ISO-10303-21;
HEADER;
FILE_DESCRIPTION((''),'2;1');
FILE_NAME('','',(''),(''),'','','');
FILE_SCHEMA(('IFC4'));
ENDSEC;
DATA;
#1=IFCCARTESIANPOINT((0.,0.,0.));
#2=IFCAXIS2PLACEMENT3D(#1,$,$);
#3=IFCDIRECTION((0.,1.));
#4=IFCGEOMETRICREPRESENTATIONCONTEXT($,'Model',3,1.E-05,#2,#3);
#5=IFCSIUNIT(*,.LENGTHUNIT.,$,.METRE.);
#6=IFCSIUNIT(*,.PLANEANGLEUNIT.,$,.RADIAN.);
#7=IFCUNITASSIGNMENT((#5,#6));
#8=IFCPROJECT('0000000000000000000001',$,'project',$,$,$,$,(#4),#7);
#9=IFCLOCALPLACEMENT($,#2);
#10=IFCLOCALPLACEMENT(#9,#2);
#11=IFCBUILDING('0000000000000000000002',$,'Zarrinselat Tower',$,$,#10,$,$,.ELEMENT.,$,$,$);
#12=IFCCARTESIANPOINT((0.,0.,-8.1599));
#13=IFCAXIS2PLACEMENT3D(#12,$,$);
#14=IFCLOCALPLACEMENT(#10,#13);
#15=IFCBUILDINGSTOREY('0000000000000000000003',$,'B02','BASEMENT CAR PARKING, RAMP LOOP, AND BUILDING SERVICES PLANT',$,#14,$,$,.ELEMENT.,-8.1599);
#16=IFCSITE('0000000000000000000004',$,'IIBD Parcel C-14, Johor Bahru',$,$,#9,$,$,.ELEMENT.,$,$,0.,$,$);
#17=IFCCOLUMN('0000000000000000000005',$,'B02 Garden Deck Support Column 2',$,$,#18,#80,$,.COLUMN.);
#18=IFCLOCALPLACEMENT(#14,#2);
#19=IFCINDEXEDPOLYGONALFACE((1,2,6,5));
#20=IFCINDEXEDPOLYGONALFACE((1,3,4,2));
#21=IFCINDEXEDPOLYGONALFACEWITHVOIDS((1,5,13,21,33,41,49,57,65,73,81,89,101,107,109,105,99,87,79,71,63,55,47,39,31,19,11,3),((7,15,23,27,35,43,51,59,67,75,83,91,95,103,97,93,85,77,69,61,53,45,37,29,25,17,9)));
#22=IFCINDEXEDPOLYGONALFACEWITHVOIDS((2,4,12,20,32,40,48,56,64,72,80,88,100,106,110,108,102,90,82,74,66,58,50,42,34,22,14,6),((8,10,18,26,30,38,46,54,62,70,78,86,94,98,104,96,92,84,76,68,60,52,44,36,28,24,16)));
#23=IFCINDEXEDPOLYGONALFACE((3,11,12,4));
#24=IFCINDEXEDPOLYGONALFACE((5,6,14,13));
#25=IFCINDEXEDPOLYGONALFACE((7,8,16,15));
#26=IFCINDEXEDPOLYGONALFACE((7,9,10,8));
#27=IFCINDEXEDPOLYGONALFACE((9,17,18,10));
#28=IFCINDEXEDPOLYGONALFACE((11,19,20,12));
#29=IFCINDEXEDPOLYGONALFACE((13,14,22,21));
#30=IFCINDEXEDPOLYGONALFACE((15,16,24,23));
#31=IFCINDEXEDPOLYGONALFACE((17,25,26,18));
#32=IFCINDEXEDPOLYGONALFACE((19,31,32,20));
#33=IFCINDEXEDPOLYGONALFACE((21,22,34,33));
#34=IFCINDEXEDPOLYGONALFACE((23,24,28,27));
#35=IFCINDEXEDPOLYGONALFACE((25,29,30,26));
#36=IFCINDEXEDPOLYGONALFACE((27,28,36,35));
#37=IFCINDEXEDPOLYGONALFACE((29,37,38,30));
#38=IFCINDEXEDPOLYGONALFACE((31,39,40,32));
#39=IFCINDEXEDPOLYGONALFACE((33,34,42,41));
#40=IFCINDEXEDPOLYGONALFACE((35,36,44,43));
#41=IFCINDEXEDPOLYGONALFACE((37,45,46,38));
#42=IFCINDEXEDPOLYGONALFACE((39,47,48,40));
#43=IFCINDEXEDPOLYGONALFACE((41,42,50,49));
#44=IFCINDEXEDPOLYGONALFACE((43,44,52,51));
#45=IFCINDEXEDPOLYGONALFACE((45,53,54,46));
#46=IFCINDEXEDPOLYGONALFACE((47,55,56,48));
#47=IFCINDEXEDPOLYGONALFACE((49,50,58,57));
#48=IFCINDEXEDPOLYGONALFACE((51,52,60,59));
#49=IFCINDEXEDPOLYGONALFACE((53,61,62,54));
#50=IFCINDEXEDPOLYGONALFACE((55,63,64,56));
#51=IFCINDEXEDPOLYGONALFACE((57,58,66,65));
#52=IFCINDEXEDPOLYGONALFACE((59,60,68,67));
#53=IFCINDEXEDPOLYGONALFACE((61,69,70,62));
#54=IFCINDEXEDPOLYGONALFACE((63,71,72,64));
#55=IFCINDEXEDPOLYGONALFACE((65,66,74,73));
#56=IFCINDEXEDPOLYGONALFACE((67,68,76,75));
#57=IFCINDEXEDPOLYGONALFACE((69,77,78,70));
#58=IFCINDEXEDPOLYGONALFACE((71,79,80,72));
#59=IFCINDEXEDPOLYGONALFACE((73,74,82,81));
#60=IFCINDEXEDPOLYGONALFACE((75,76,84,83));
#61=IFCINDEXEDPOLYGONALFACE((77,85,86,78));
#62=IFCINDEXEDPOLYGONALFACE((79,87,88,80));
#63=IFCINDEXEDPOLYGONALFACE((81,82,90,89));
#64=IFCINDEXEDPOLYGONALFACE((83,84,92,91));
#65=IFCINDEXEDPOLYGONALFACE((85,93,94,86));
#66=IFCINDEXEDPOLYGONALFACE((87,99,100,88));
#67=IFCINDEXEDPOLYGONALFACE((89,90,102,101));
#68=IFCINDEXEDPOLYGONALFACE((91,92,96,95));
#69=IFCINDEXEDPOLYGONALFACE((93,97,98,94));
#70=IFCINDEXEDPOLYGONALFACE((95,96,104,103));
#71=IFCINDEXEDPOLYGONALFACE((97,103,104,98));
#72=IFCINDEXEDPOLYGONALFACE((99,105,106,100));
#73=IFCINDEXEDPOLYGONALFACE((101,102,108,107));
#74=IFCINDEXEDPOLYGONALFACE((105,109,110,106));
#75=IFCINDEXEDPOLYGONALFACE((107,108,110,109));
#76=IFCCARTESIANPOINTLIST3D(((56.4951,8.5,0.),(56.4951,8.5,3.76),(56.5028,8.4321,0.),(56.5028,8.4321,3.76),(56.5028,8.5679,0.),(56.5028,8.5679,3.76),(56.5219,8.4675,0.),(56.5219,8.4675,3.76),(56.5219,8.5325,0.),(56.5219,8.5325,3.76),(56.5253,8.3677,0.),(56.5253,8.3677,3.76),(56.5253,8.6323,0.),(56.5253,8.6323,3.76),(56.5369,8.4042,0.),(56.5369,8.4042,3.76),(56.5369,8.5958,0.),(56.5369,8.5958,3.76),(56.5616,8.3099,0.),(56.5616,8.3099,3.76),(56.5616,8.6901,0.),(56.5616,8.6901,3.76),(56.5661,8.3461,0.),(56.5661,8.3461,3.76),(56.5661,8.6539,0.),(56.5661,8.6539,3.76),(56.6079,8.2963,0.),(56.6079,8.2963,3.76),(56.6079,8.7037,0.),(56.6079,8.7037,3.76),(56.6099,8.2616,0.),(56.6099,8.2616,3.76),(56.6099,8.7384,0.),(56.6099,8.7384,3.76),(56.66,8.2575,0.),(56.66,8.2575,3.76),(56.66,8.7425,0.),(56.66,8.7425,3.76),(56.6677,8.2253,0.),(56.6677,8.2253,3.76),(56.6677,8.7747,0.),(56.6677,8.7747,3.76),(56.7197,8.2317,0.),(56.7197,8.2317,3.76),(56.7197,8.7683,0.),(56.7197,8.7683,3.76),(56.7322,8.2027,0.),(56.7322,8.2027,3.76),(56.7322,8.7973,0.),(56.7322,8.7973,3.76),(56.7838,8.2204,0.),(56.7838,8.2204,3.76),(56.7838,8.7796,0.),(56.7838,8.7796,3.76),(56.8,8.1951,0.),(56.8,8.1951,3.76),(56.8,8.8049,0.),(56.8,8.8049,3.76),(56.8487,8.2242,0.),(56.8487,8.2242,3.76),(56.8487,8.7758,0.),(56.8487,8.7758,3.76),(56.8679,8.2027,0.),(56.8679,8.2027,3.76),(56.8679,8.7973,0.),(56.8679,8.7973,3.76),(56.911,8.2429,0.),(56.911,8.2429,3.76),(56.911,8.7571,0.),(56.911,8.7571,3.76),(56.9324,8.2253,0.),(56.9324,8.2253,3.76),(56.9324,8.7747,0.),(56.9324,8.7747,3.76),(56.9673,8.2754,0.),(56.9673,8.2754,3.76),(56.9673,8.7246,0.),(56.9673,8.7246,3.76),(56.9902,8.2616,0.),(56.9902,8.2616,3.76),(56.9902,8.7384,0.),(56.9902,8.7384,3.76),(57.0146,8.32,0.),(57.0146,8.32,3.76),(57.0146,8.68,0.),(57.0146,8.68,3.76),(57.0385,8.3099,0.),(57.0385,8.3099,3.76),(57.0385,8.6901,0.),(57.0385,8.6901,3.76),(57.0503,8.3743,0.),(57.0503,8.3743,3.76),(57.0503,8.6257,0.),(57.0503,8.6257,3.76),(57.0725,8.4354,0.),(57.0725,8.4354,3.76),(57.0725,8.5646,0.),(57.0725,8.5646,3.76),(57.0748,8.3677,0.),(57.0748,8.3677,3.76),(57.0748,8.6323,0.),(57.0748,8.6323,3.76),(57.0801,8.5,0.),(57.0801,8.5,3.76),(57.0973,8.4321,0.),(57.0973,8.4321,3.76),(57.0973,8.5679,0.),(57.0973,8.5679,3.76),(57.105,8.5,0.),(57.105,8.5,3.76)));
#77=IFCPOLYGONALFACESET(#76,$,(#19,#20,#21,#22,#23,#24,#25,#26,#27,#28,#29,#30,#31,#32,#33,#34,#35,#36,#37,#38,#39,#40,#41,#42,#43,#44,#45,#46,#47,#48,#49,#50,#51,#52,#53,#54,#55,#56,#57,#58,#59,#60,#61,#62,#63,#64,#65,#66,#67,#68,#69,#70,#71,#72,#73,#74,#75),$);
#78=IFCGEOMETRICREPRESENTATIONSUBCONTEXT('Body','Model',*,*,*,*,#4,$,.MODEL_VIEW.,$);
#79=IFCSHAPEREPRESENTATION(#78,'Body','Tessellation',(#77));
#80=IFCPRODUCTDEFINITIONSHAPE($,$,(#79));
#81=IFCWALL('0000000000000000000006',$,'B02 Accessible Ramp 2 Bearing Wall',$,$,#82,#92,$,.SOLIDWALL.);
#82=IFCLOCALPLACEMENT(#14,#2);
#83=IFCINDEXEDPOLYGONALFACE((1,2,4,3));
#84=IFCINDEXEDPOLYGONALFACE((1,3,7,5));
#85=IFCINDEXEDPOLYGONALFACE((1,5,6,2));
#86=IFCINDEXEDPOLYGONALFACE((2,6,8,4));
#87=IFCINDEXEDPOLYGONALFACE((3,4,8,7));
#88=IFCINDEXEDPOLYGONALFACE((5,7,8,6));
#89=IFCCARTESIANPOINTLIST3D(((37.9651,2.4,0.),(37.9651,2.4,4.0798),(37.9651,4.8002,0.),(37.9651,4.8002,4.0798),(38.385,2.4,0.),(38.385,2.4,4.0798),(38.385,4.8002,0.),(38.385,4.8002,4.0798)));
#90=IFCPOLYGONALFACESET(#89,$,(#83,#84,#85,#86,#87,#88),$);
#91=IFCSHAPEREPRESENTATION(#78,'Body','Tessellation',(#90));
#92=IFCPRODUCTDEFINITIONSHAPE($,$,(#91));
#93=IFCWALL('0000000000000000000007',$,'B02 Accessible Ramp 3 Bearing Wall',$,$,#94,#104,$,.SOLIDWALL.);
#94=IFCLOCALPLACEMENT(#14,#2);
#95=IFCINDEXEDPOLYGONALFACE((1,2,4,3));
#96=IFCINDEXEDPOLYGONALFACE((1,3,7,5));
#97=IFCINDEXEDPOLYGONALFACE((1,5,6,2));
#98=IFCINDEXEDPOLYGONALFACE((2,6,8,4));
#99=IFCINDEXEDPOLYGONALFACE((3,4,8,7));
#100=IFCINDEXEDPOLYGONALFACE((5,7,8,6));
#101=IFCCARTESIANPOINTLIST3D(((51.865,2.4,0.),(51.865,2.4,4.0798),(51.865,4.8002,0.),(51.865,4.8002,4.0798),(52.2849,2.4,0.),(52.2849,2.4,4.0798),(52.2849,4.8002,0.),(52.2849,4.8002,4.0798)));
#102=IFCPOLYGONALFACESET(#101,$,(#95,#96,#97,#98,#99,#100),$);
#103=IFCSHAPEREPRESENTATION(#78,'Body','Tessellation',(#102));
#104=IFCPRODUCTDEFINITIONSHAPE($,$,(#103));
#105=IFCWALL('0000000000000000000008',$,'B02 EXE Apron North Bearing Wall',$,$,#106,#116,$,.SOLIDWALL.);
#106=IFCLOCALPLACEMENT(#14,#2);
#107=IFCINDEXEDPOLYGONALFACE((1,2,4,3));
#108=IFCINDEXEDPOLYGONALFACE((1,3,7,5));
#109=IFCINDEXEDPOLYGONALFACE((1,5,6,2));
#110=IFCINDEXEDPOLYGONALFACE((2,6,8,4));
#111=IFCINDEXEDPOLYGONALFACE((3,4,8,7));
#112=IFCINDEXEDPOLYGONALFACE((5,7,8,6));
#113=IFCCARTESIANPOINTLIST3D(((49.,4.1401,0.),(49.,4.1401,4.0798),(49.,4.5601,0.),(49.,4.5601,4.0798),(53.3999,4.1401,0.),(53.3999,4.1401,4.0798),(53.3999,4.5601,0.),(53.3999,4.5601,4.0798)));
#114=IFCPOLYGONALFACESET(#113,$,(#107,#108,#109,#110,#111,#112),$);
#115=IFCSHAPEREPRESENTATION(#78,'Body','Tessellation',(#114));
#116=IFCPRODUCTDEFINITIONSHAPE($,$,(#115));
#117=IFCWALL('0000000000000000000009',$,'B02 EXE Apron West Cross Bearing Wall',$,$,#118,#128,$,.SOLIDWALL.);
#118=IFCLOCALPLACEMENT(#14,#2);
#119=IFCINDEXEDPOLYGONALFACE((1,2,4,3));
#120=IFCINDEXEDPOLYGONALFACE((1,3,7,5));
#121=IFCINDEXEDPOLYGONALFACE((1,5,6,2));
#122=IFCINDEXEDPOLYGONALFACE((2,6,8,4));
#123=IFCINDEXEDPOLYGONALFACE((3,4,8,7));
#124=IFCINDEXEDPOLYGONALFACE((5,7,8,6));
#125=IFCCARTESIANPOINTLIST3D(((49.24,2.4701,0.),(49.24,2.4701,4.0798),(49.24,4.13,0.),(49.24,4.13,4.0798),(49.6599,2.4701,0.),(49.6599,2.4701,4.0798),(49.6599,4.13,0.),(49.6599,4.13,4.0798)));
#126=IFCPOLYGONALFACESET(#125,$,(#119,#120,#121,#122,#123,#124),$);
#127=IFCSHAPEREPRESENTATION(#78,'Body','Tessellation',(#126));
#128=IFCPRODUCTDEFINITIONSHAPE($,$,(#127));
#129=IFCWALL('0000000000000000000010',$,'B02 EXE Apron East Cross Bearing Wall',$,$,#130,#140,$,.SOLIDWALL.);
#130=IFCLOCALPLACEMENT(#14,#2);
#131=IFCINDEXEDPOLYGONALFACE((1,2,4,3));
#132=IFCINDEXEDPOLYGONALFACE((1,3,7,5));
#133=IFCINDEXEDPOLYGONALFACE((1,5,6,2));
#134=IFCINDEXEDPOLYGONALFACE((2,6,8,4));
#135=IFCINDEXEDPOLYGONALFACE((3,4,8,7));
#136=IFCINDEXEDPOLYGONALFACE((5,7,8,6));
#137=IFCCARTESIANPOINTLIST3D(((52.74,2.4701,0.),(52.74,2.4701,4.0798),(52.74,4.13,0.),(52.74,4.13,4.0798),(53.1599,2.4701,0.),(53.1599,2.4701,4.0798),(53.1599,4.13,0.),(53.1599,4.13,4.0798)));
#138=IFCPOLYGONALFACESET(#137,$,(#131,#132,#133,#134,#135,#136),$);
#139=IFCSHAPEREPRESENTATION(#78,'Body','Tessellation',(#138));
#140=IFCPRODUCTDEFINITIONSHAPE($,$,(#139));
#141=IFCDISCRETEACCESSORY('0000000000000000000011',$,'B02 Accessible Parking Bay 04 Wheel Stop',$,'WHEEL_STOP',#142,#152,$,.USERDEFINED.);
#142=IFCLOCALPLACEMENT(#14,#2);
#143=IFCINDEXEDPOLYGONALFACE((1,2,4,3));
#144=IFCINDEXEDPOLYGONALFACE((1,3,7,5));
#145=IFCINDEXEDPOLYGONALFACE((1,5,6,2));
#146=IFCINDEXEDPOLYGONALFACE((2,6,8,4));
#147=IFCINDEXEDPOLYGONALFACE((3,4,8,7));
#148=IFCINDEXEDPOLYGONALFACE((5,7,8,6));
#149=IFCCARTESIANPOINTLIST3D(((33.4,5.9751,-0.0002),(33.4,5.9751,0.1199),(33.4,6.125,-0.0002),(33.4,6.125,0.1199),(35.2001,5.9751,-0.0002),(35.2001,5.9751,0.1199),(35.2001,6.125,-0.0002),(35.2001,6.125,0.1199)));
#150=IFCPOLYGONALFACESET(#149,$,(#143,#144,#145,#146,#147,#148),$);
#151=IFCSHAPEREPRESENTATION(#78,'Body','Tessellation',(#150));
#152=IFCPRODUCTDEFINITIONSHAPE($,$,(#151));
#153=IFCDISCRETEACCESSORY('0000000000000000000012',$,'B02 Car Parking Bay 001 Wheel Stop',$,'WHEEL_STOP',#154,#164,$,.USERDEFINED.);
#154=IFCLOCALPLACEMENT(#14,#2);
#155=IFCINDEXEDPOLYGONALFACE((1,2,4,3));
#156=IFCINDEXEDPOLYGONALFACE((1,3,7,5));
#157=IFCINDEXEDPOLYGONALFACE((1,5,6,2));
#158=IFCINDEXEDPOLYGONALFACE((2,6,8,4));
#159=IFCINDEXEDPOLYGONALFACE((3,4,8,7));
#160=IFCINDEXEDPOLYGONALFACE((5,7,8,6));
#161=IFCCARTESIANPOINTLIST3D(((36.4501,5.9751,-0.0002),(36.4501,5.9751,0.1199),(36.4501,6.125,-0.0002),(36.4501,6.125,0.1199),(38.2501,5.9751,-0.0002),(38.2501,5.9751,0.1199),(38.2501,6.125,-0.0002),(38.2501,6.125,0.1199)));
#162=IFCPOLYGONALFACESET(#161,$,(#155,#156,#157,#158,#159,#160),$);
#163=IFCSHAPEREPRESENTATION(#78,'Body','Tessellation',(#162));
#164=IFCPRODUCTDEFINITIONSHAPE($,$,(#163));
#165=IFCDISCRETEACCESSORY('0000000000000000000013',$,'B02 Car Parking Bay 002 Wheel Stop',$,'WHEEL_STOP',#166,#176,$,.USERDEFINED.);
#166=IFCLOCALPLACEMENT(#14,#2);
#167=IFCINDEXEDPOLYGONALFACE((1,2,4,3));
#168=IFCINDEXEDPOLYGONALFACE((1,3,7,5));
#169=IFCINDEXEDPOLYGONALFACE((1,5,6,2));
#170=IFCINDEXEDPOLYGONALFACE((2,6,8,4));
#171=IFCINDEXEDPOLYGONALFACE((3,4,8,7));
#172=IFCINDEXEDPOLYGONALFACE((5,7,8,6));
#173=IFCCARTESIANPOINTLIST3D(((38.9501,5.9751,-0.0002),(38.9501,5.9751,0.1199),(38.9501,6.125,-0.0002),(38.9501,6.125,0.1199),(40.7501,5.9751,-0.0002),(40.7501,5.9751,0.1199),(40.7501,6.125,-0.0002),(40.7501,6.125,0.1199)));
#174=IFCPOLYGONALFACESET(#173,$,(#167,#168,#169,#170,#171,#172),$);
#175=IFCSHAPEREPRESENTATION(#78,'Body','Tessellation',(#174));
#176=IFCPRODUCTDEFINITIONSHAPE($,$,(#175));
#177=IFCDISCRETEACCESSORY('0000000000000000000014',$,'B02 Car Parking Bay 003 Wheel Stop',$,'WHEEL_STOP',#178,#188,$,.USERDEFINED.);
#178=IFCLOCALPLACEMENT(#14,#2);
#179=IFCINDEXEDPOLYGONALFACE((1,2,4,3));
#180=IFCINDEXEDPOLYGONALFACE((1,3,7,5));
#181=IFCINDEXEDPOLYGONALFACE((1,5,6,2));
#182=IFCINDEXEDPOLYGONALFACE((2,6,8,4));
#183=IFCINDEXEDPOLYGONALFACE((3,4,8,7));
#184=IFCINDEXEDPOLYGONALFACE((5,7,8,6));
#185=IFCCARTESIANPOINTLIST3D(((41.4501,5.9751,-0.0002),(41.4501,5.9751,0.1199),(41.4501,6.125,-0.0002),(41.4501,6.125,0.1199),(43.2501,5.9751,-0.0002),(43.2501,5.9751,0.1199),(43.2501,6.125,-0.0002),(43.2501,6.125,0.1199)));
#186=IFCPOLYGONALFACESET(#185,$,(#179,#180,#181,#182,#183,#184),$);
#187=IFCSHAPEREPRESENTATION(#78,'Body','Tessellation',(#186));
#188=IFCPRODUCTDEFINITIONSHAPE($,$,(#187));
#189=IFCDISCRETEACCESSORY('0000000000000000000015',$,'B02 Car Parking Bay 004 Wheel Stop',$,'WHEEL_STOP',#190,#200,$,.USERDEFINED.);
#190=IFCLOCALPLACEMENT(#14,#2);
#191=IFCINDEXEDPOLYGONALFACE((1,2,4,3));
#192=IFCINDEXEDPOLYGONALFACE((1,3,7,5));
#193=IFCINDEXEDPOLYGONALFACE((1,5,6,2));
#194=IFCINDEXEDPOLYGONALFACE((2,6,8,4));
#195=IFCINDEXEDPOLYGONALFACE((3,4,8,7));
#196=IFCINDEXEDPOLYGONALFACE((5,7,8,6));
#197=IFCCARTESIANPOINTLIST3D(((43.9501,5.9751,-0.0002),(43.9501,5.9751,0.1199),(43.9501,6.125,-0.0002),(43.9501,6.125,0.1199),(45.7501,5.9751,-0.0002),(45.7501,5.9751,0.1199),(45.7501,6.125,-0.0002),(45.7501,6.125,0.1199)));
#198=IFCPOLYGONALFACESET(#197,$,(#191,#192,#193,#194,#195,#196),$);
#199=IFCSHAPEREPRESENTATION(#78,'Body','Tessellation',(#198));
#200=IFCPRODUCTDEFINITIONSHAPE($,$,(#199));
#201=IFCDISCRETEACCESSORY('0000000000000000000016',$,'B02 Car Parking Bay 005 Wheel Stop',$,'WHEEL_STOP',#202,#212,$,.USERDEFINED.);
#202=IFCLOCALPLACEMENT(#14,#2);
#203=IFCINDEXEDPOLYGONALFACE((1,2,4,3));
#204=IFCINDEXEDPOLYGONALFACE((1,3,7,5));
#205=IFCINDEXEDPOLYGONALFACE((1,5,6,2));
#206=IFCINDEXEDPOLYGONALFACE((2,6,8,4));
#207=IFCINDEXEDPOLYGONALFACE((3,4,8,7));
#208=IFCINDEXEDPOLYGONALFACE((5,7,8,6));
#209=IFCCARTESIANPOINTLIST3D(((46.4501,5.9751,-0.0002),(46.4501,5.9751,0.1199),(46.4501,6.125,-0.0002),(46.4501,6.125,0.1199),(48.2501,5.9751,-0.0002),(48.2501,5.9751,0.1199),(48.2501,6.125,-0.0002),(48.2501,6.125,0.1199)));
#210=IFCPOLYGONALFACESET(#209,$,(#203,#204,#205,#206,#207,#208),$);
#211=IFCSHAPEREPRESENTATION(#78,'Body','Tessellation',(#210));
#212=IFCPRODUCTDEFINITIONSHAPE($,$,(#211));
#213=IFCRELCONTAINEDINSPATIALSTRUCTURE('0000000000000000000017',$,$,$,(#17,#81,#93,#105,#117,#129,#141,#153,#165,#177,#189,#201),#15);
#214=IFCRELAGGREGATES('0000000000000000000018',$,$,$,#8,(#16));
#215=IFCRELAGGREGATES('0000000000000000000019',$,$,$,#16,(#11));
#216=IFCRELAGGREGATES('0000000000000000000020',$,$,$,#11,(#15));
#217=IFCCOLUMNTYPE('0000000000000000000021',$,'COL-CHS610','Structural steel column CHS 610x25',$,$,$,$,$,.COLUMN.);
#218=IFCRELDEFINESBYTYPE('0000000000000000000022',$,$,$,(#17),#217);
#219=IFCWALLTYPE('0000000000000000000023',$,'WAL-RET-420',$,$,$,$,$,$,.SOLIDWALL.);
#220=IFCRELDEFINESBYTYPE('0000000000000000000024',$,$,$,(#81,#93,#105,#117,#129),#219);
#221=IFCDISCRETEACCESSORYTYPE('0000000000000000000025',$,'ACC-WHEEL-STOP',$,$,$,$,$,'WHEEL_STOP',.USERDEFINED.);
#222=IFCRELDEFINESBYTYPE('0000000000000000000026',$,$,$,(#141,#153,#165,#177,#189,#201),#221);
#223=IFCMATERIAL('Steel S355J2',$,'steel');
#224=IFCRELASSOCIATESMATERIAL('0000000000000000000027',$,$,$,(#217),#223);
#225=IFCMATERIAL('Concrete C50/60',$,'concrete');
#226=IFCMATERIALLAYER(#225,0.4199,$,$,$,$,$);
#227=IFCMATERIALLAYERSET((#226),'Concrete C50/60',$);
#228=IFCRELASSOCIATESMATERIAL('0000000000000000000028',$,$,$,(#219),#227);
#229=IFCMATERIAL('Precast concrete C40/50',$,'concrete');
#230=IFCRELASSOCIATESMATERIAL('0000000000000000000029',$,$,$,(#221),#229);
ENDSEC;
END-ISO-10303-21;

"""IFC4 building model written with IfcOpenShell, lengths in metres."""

from ifc_helpers import new_model, si_unit, direction, frame, frame_2d, origin, origin_2d, place, context, subcontext, project, spatial, rectangle, hollow_circle, extrude, material, layer, layer_set, material_profile, profile_set, type_object, element, save


model = new_model("IFC4")

# Units and contexts
model_context = context("Model", 3, precision=1e-05, world=origin(), true_north=direction((0.0, 1.0)))
body_context = subcontext(model_context, "Body", "Model", "MODEL_VIEW")
ifc_project = project(units=[si_unit("LENGTHUNIT", "METRE"), si_unit("PLANEANGLEUNIT", "RADIAN")], contexts=[model_context])

# Site, building, storey
site_placement = place(None, origin())
site = spatial("IfcSite", under=ifc_project, at=site_placement, Name="IIBD Parcel C-14, Johor Bahru", CompositionType="ELEMENT", RefElevation=0.0)
building_placement = place(site_placement, origin())
building = spatial("IfcBuilding", under=site, at=building_placement, Name="Zarrinselat Tower", CompositionType="ELEMENT")
storey_placement = place(building_placement, frame((0.0, 0.0, -8.1599)))
storey = spatial("IfcBuildingStorey", under=building, at=storey_placement, Name="B02", Description="BASEMENT CAR PARKING, RAMP LOOP, AND BUILDING SERVICES PLANT", CompositionType="ELEMENT", Elevation=-8.1599)

# Column
ifc_material_1 = material(Name="Steel S355J2", Category="steel")
ifc_material_profile_1 = material_profile(ifc_material_1, hollow_circle(Radius=0.3049, WallThickness=0.0249, at=origin_2d()), Name="CHS 610x25")
ifc_profile_set_1 = profile_set([ifc_material_profile_1], Name="Steel S355J2")
column_type = type_object("IfcColumnType", Name="COL-CHS610", Description="Structural steel column CHS 610x25", PredefinedType="COLUMN", material=ifc_profile_set_1)
column_1_placement = place(storey_placement, frame((56.8, 8.5, 0.0), z_axis=(0.0, 0.0, 1.0), x_axis=(1.0, 0.0, 0.0)))
element("IfcColumn", 1, at=column_1_placement, inside=storey, type_object=column_type, Name="B02 Garden Deck Support Column 2", PredefinedType="COLUMN", context=body_context, shape_type="SweptSolid", body=[
    extrude(hollow_circle(Radius=0.3049, WallThickness=0.0249, at=origin_2d()), origin(), (0.0, 0.0, 1.0), 3.76),
])

# Walls
ifc_material_2 = material(Name="Concrete C50/60", Category="concrete")
ifc_layer = layer(ifc_material_2, 0.4199)
ifc_layer_set = layer_set([ifc_layer], Name="Concrete C50/60")
wall_type = type_object("IfcWallType", Name="WAL-RET-420", PredefinedType="SOLIDWALL", material=ifc_layer_set)
for number, where, z_axis, x_axis, name in (
    (2, (38.175, 2.3999, 0.0), (0.0, 0.0, 1.0), (0.0, 1.0, 0.0), "B02 Accessible Ramp 2 Bearing Wall"),
    (3, (52.075, 2.3999, 0.0), (0.0, 0.0, 1.0), (0.0, 1.0, 0.0), "B02 Accessible Ramp 3 Bearing Wall"),
):
    element("IfcWall", number, at=place(storey_placement, frame(where, z_axis=z_axis, x_axis=x_axis)), inside=storey, type_object=wall_type, Name=name, PredefinedType="SOLIDWALL", context=body_context, shape_type="SweptSolid", body=[
        extrude(rectangle(XDim=2.4001, YDim=0.4199, at=frame_2d((1.2002, 0.0))), origin(), (0.0, 0.0, 1.0), 4.0798),
    ])
wall_placement = place(storey_placement, frame((49.0, 4.3501, 0.0), z_axis=(0.0, 0.0, 1.0), x_axis=(1.0, 0.0, 0.0)))
element("IfcWall", 4, at=wall_placement, inside=storey, type_object=wall_type, Name="B02 EXE Apron North Bearing Wall", PredefinedType="SOLIDWALL", context=body_context, shape_type="SweptSolid", body=[
    extrude(rectangle(XDim=4.3999, YDim=0.4199, at=frame_2d((2.2, 0.0))), origin(), (0.0, 0.0, 1.0), 4.0798),
])
for number, where, z_axis, x_axis, name in (
    (5, (49.45, 2.47, 0.0), (0.0, 0.0, 1.0), (0.0, 1.0, 0.0), "B02 EXE Apron West Cross Bearing Wall"),
    (6, (52.95, 2.47, 0.0), (0.0, 0.0, 1.0), (0.0, 1.0, 0.0), "B02 EXE Apron East Cross Bearing Wall"),
):
    element("IfcWall", number, at=place(storey_placement, frame(where, z_axis=z_axis, x_axis=x_axis)), inside=storey, type_object=wall_type, Name=name, PredefinedType="SOLIDWALL", context=body_context, shape_type="SweptSolid", body=[
        extrude(rectangle(XDim=1.6599, YDim=0.4199, at=frame_2d((0.8301, 0.0))), origin(), (0.0, 0.0, 1.0), 4.0798),
    ])

# Discrete accessories
ifc_material_3 = material(Name="Precast concrete C40/50", Category="concrete")
discrete_accessory_type = type_object("IfcDiscreteAccessoryType", Name="ACC-WHEEL-STOP", ElementType="WHEEL_STOP", PredefinedType="USERDEFINED", material=ifc_material_3)
for number, where, z_axis, x_axis, name in (
    (7, (34.3, 6.05, -0.0002), (0.0, 0.0, 1.0), (1.0, 0.0, 0.0), "B02 Accessible Parking Bay 04 Wheel Stop"),
    (8, (37.3501, 6.05, -0.0002), (0.0, 0.0, 1.0), (1.0, 0.0, 0.0), "B02 Car Parking Bay 001 Wheel Stop"),
    (9, (39.8501, 6.05, -0.0002), (0.0, 0.0, 1.0), (1.0, 0.0, 0.0), "B02 Car Parking Bay 002 Wheel Stop"),
    (10, (42.3501, 6.05, -0.0002), (0.0, 0.0, 1.0), (1.0, 0.0, 0.0), "B02 Car Parking Bay 003 Wheel Stop"),
    (11, (44.8501, 6.05, -0.0002), (0.0, 0.0, 1.0), (1.0, 0.0, 0.0), "B02 Car Parking Bay 004 Wheel Stop"),
    (12, (47.3501, 6.05, -0.0002), (0.0, 0.0, 1.0), (1.0, 0.0, 0.0), "B02 Car Parking Bay 005 Wheel Stop"),
):
    element("IfcDiscreteAccessory", number, at=place(storey_placement, frame(where, z_axis=z_axis, x_axis=x_axis)), inside=storey, type_object=discrete_accessory_type, Name=name, ObjectType="WHEEL_STOP", PredefinedType="USERDEFINED", context=body_context, shape_type="SweptSolid", body=[
        extrude(rectangle(XDim=1.8, YDim=0.1499, at=origin_2d()), origin(), (0.0, 0.0, 1.0), 0.1201),
    ])

save(model, "model.ifc")
